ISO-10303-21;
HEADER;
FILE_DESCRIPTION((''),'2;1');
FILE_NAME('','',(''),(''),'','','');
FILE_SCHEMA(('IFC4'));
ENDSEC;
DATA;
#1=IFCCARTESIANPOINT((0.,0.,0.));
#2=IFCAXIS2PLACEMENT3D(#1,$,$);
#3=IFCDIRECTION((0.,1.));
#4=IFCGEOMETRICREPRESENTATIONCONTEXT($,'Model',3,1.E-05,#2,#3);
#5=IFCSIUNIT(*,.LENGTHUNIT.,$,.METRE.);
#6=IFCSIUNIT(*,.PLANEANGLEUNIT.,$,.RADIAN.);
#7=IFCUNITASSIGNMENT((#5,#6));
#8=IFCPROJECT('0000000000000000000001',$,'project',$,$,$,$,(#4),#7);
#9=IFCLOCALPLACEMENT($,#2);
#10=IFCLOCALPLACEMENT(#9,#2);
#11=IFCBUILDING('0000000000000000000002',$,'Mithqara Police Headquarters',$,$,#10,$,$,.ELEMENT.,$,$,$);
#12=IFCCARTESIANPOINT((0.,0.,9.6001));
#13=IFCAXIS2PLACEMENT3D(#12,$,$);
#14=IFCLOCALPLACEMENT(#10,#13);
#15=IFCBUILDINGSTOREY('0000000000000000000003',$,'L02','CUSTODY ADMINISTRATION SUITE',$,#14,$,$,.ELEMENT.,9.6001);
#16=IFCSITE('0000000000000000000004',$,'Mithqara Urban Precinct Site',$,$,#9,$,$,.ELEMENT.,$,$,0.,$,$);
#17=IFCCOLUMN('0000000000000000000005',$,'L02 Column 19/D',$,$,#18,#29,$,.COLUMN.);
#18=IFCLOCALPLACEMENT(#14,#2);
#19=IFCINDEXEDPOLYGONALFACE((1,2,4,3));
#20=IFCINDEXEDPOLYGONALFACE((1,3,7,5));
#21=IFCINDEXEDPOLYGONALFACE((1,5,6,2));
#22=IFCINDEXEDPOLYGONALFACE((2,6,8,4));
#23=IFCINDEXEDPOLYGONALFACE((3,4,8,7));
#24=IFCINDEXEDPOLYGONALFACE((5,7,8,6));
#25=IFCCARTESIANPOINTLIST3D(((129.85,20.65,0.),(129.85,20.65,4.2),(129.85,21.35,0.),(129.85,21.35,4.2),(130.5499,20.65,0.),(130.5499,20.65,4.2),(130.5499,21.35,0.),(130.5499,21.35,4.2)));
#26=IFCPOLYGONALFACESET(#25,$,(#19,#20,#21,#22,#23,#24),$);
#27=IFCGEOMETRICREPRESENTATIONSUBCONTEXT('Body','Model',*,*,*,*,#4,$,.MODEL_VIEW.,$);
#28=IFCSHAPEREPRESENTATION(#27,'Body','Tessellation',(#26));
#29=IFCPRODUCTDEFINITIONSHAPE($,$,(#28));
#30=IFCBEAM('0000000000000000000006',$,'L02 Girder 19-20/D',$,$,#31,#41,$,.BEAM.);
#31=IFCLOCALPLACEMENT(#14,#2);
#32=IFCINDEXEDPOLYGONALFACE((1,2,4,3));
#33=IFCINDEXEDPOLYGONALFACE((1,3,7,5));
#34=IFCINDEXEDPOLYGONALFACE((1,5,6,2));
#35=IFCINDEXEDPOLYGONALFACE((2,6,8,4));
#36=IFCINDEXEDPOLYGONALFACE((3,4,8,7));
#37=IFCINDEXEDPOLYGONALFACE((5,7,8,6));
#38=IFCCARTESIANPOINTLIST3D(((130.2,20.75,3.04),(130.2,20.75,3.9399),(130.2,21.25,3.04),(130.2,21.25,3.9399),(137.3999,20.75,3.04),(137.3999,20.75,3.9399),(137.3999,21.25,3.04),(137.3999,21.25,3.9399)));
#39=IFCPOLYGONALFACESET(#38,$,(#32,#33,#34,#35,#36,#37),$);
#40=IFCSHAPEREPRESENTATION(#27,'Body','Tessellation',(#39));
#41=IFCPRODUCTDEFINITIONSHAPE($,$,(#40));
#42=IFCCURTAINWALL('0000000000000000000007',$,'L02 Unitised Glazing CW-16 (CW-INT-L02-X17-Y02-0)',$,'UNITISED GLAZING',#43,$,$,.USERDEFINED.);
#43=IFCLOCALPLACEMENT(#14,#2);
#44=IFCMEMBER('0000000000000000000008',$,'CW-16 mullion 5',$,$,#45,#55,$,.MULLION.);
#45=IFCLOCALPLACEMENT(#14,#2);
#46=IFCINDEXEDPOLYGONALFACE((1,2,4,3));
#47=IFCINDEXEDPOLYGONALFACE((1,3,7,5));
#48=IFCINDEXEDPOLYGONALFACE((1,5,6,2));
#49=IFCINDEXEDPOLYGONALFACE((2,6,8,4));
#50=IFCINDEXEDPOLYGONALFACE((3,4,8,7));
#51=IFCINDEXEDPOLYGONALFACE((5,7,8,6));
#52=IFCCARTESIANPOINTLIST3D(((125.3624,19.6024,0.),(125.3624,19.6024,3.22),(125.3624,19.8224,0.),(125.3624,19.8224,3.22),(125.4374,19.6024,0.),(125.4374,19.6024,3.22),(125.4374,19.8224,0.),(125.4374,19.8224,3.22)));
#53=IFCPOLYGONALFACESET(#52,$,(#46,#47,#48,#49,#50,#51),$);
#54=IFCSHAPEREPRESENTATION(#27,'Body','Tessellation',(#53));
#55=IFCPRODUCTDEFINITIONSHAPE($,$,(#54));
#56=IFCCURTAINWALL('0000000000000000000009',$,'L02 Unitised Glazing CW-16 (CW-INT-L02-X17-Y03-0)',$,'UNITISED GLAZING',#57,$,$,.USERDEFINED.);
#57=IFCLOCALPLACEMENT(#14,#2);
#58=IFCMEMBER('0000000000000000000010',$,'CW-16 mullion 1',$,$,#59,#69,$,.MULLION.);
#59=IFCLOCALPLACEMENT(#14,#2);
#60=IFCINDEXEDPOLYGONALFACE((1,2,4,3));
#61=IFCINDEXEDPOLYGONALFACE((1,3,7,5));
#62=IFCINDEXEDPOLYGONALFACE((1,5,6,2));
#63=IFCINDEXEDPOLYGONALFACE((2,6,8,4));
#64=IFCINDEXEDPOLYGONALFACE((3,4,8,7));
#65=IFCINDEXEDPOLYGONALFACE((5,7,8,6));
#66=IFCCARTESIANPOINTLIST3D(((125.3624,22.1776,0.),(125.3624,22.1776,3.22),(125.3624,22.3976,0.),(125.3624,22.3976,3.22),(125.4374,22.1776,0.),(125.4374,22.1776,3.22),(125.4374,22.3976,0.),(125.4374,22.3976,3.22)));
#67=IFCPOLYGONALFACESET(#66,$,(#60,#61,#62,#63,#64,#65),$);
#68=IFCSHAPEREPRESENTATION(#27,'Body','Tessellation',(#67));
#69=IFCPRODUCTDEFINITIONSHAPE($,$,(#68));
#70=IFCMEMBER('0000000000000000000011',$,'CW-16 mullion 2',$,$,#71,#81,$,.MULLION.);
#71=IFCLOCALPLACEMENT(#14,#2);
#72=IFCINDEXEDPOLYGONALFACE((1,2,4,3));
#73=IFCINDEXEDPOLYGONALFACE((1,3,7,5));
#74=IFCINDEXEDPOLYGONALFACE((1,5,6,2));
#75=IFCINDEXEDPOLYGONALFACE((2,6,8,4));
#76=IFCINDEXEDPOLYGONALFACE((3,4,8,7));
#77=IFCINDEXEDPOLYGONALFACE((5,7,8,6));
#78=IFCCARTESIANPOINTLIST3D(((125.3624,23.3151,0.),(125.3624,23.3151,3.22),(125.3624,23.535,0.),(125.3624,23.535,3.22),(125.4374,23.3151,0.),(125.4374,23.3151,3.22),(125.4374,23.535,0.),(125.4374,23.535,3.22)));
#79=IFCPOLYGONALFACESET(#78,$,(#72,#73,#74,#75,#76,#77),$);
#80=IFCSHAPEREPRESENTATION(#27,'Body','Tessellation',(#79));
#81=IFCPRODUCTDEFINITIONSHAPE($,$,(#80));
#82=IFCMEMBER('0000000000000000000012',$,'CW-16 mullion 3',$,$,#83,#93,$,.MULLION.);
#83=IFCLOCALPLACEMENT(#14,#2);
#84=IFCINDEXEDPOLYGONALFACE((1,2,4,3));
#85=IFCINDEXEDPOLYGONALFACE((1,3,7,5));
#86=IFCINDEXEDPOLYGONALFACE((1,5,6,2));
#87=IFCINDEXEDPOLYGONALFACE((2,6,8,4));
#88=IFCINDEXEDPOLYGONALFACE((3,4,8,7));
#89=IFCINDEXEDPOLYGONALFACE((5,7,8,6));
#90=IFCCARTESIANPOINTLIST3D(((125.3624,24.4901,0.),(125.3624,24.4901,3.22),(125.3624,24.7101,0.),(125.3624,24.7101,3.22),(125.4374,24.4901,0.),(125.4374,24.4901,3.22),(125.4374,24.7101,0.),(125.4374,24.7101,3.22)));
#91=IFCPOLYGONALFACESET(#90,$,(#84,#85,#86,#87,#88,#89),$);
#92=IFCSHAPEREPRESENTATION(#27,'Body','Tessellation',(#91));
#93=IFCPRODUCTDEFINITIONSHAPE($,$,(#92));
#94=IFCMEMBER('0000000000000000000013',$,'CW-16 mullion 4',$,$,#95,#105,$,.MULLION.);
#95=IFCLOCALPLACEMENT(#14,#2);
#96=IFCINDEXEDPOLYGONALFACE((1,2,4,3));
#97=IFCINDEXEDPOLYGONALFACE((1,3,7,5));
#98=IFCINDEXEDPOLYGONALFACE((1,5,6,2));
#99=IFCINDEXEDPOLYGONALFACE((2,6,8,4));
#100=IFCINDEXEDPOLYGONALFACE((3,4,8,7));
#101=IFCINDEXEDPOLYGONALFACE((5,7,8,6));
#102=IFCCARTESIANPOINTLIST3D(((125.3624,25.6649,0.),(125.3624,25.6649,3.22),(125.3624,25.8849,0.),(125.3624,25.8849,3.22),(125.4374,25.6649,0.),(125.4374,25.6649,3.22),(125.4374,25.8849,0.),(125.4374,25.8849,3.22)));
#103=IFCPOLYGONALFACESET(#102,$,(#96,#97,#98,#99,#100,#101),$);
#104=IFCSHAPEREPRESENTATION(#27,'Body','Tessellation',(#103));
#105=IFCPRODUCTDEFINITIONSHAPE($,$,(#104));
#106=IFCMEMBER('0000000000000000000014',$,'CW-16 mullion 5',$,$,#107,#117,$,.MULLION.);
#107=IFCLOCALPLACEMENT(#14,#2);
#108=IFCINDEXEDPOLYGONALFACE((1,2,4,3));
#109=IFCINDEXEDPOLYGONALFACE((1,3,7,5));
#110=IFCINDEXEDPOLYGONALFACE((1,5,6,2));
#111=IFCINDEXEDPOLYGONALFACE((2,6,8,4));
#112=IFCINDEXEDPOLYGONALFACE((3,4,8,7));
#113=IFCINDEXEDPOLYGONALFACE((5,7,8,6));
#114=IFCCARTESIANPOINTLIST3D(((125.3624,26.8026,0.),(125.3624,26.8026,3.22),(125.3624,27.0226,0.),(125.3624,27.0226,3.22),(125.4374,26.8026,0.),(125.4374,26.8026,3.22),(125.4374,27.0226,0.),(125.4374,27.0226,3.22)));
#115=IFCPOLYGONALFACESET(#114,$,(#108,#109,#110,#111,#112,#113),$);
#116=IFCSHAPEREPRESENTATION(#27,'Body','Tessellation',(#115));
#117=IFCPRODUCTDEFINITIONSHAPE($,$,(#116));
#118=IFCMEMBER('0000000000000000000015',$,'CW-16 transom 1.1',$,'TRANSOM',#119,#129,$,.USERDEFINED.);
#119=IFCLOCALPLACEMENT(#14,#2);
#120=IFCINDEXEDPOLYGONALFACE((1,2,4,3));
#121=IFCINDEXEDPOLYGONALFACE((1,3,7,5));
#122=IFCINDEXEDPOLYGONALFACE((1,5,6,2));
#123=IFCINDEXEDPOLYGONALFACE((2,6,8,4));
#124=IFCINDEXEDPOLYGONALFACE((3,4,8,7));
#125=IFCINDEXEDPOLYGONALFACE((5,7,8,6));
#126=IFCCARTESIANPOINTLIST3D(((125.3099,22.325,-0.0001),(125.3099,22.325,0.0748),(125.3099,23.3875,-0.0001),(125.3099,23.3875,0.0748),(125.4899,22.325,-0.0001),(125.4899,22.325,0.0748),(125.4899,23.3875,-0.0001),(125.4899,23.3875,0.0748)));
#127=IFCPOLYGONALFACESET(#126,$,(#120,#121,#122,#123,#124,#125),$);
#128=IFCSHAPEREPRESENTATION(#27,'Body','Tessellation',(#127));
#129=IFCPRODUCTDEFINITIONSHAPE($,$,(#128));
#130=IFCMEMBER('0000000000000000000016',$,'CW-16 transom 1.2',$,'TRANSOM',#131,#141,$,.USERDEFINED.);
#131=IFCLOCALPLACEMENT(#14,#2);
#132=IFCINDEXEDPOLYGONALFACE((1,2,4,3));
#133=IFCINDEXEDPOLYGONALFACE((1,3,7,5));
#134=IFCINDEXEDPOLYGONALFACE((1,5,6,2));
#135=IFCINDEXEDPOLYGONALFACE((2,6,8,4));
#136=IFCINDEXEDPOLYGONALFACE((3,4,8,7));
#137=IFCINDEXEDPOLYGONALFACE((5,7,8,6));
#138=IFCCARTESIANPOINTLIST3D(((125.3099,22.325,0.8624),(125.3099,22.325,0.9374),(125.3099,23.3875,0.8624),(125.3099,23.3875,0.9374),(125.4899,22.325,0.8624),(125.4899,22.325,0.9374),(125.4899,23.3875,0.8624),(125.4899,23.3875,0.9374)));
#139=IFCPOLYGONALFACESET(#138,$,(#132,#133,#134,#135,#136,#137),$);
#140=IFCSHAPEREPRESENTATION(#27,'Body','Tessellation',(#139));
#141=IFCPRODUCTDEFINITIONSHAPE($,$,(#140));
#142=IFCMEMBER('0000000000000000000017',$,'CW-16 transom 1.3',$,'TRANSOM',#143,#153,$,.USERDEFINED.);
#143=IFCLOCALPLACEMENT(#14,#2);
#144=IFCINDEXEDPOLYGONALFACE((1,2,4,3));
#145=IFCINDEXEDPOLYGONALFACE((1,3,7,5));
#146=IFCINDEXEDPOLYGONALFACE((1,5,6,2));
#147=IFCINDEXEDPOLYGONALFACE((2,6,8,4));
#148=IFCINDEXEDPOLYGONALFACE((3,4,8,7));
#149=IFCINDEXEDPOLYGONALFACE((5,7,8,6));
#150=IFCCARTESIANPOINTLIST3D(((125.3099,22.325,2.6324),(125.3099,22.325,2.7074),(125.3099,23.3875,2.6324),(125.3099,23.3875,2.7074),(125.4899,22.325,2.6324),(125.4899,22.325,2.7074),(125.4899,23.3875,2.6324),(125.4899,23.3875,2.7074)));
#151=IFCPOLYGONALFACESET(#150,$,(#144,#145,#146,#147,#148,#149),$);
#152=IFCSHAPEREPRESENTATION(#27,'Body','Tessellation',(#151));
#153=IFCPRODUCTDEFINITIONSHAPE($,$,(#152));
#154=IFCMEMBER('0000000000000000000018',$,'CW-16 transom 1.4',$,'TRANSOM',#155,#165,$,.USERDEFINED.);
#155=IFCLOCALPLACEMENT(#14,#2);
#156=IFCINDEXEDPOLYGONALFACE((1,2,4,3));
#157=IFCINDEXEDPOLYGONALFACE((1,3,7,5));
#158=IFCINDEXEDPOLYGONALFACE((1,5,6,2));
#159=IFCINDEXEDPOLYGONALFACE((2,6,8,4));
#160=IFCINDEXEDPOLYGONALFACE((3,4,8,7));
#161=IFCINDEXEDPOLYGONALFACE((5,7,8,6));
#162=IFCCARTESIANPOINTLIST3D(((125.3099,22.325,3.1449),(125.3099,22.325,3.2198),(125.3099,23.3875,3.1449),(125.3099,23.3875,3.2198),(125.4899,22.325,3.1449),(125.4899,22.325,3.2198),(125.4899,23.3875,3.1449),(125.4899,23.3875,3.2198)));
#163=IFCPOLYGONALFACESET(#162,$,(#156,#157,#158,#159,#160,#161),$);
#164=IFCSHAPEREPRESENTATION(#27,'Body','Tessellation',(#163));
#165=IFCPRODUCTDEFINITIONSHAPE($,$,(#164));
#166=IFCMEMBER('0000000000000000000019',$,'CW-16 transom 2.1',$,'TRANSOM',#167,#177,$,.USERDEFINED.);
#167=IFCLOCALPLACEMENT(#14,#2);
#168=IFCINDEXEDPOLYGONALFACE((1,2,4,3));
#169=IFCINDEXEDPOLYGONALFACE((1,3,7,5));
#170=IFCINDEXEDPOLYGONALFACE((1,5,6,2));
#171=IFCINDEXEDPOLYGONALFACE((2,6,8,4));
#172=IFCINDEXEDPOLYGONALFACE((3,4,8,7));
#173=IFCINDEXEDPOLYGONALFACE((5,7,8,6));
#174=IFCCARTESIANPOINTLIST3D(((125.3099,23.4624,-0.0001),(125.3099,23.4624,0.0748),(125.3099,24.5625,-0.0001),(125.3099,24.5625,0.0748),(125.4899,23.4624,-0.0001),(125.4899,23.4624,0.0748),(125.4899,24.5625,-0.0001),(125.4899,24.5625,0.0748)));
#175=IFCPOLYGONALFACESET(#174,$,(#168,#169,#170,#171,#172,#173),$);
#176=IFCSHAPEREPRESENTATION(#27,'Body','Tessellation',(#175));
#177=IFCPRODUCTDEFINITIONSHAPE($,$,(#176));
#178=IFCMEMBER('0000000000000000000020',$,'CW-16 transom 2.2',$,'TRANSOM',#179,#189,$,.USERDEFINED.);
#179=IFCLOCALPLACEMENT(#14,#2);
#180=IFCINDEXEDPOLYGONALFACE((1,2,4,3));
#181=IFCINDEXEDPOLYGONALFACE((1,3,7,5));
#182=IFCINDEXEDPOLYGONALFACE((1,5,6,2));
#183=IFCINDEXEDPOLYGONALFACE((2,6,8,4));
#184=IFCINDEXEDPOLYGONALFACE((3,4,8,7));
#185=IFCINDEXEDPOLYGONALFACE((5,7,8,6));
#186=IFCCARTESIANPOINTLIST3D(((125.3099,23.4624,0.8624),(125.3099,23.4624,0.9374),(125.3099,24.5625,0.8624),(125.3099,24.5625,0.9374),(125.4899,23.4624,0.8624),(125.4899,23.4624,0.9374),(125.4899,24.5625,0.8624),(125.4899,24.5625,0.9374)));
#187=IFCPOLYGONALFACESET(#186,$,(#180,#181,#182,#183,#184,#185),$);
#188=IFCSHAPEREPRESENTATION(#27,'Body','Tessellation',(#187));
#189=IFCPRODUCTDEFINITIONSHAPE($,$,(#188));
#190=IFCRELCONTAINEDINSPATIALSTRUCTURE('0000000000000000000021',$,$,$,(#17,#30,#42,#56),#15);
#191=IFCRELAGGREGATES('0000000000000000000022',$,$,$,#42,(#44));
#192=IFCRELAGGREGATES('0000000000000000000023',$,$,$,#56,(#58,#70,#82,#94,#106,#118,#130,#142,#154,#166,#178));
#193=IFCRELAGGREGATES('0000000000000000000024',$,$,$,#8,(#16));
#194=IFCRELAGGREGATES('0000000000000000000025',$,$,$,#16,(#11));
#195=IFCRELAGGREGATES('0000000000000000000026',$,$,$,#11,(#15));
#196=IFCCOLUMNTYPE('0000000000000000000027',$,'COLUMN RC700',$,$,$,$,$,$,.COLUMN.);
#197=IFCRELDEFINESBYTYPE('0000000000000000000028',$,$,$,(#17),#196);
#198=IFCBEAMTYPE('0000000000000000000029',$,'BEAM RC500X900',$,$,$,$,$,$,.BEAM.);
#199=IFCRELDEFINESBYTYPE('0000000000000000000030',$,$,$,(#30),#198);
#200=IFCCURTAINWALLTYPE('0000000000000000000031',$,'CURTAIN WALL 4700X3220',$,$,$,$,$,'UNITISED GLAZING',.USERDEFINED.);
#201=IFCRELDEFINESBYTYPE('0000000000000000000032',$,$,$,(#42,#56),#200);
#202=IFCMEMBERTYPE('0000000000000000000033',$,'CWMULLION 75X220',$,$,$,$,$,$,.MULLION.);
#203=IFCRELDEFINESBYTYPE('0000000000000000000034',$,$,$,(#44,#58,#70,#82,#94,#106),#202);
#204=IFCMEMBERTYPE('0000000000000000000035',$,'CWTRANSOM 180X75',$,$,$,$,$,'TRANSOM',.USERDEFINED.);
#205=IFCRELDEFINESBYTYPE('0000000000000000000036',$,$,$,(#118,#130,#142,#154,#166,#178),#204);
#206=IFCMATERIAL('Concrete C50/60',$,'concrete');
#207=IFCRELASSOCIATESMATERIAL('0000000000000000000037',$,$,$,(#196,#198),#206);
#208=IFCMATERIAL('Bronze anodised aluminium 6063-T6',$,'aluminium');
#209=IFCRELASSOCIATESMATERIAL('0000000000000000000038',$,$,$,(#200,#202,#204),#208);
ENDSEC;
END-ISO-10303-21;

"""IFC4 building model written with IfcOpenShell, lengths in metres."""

from ifc_helpers import new_model, si_unit, direction, frame, origin, origin_2d, place, context, subcontext, project, spatial, rectangle, extrude, material, material_profile, profile_set, type_object, element, aggregate, save


model = new_model("IFC4")

# Units and contexts
model_context = context("Model", 3, precision=1e-05, world=origin(), true_north=direction((0.0, 1.0)))
body_context = subcontext(model_context, "Body", "Model", "MODEL_VIEW")
ifc_project = project(units=[si_unit("LENGTHUNIT", "METRE"), si_unit("PLANEANGLEUNIT", "RADIAN")], contexts=[model_context])

# Site, building, storey
site_placement = place(None, origin())
site = spatial("IfcSite", under=ifc_project, at=site_placement, Name="Mithqara Urban Precinct Site", CompositionType="ELEMENT", RefElevation=0.0)
building_placement = place(site_placement, origin())
building = spatial("IfcBuilding", under=site, at=building_placement, Name="Mithqara Police Headquarters", CompositionType="ELEMENT")
storey_placement = place(building_placement, frame((0.0, 0.0, 9.6001)))
storey = spatial("IfcBuildingStorey", under=building, at=storey_placement, Name="L02", Description="CUSTODY ADMINISTRATION SUITE", CompositionType="ELEMENT", Elevation=9.6001)

# Column
ifc_material_1 = material(Name="Concrete C50/60", Category="concrete")
ifc_material_profile_1 = material_profile(ifc_material_1, rectangle(XDim=0.7, YDim=0.7, at=origin_2d()), Name="RC 700x700")
ifc_profile_set_1 = profile_set([ifc_material_profile_1], Name="Concrete C50/60")
column_type = type_object("IfcColumnType", Name="COLUMN RC700", PredefinedType="COLUMN", material=ifc_profile_set_1)
column_placement = place(storey_placement, frame((130.2, 21.0, 0.0), z_axis=(0.0, 0.0, 1.0), x_axis=(1.0, 0.0, 0.0)))
element("IfcColumn", 1, at=column_placement, inside=storey, type_object=column_type, Name="L02 Column 19/D", PredefinedType="COLUMN", context=body_context, shape_type="SweptSolid", body=[
    extrude(rectangle(XDim=0.7, YDim=0.7, at=origin_2d()), origin(), (0.0, 0.0, 1.0), 4.2),
])

# Beam
ifc_material_profile_2 = material_profile(ifc_material_1, rectangle(XDim=0.5, YDim=0.8999, at=origin_2d()), Name="RC 500x900")
ifc_profile_set_2 = profile_set([ifc_material_profile_2], Name="Concrete C50/60")
beam_type = type_object("IfcBeamType", Name="BEAM RC500X900", PredefinedType="BEAM", material=ifc_profile_set_2)
beam_placement = place(storey_placement, frame((130.2, 21.0, 3.49), z_axis=(1.0, 0.0, 0.0), x_axis=(0.0, 1.0, 0.0)))
element("IfcBeam", 2, at=beam_placement, inside=storey, type_object=beam_type, Name="L02 Girder 19-20/D", PredefinedType="BEAM", context=body_context, shape_type="SweptSolid", body=[
    extrude(rectangle(XDim=0.5, YDim=0.8999, at=origin_2d()), origin(), (0.0, 0.0, 1.0), 7.2),
])

# Curtain wall, member
ifc_material_2 = material(Name="Bronze anodised aluminium 6063-T6", Category="aluminium")
curtain_wall_type = type_object("IfcCurtainWallType", Name="CURTAIN WALL 4700X3220", ElementType="UNITISED GLAZING", PredefinedType="USERDEFINED", material=ifc_material_2)
curtain_wall_1_placement = place(storey_placement, origin())
curtain_wall_1 = element("IfcCurtainWall", 3, at=curtain_wall_1_placement, inside=storey, type_object=curtain_wall_type, Name="L02 Unitised Glazing CW-16 (CW-INT-L02-X17-Y02-0)", ObjectType="UNITISED GLAZING", PredefinedType="USERDEFINED")
ifc_material_profile_3 = material_profile(ifc_material_2, rectangle(XDim=0.075, YDim=0.22, at=origin_2d()), Name="CWM 75x220")
ifc_profile_set_3 = profile_set([ifc_material_profile_3], Name="Bronze anodised aluminium 6063-T6")
member_type_1 = type_object("IfcMemberType", Name="CWMULLION 75X220", PredefinedType="MULLION", material=ifc_profile_set_3)
member_1_placement = place(storey_placement, frame((125.3999, 19.7124, 0.0), z_axis=(0.0, 0.0, 1.0), x_axis=(-1.0, 0.0, 0.0)))
member_1 = element("IfcMember", 4, at=member_1_placement, type_object=member_type_1, Name="CW-16 mullion 5", PredefinedType="MULLION", context=body_context, shape_type="SweptSolid", body=[
    extrude(rectangle(XDim=0.075, YDim=0.22, at=origin_2d()), origin(), (0.0, 0.0, 1.0), 3.22),
])

# Curtain wall, members
curtain_wall_2_placement = place(storey_placement, origin())
curtain_wall_2 = element("IfcCurtainWall", 5, at=curtain_wall_2_placement, inside=storey, type_object=curtain_wall_type, Name="L02 Unitised Glazing CW-16 (CW-INT-L02-X17-Y03-0)", ObjectType="UNITISED GLAZING", PredefinedType="USERDEFINED")
member_2_placement = place(storey_placement, frame((125.3999, 22.2876, 0.0), z_axis=(0.0, 0.0, 1.0), x_axis=(-1.0, 0.0, 0.0)))
member_2 = element("IfcMember", 6, at=member_2_placement, type_object=member_type_1, Name="CW-16 mullion 1", PredefinedType="MULLION", context=body_context, shape_type="SweptSolid", body=[
    extrude(rectangle(XDim=0.075, YDim=0.22, at=origin_2d()), origin(), (0.0, 0.0, 1.0), 3.22),
])
member_3_placement = place(storey_placement, frame((125.3999, 23.425, 0.0), z_axis=(0.0, 0.0, 1.0), x_axis=(-1.0, 0.0, 0.0)))
member_3 = element("IfcMember", 7, at=member_3_placement, type_object=member_type_1, Name="CW-16 mullion 2", PredefinedType="MULLION", context=body_context, shape_type="SweptSolid", body=[
    extrude(rectangle(XDim=0.075, YDim=0.22, at=origin_2d()), origin(), (0.0, 0.0, 1.0), 3.22),
])
member_4_placement = place(storey_placement, frame((125.3999, 24.6001, 0.0), z_axis=(0.0, 0.0, 1.0), x_axis=(-1.0, 0.0, 0.0)))
member_4 = element("IfcMember", 8, at=member_4_placement, type_object=member_type_1, Name="CW-16 mullion 3", PredefinedType="MULLION", context=body_context, shape_type="SweptSolid", body=[
    extrude(rectangle(XDim=0.075, YDim=0.22, at=origin_2d()), origin(), (0.0, 0.0, 1.0), 3.22),
])
member_5_placement = place(storey_placement, frame((125.3999, 25.7749, 0.0), z_axis=(0.0, 0.0, 1.0), x_axis=(-1.0, 0.0, 0.0)))
member_5 = element("IfcMember", 9, at=member_5_placement, type_object=member_type_1, Name="CW-16 mullion 4", PredefinedType="MULLION", context=body_context, shape_type="SweptSolid", body=[
    extrude(rectangle(XDim=0.075, YDim=0.22, at=origin_2d()), origin(), (0.0, 0.0, 1.0), 3.22),
])
member_6_placement = place(storey_placement, frame((125.3999, 26.9126, 0.0), z_axis=(0.0, 0.0, 1.0), x_axis=(-1.0, 0.0, 0.0)))
member_6 = element("IfcMember", 10, at=member_6_placement, type_object=member_type_1, Name="CW-16 mullion 5", PredefinedType="MULLION", context=body_context, shape_type="SweptSolid", body=[
    extrude(rectangle(XDim=0.075, YDim=0.22, at=origin_2d()), origin(), (0.0, 0.0, 1.0), 3.22),
])
ifc_material_profile_4 = material_profile(ifc_material_2, rectangle(XDim=0.1799, YDim=0.075, at=origin_2d()), Name="CWT 180x75")
ifc_profile_set_4 = profile_set([ifc_material_profile_4], Name="Bronze anodised aluminium 6063-T6")
member_type_2 = type_object("IfcMemberType", Name="CWTRANSOM 180X75", ElementType="TRANSOM", PredefinedType="USERDEFINED", material=ifc_profile_set_4)
member_7_placement = place(storey_placement, frame((125.3999, 22.325, 0.0374), z_axis=(0.0, 1.0, 0.0), x_axis=(-1.0, 0.0, 0.0)))
member_7 = element("IfcMember", 11, at=member_7_placement, type_object=member_type_2, Name="CW-16 transom 1.1", ObjectType="TRANSOM", PredefinedType="USERDEFINED", context=body_context, shape_type="SweptSolid", body=[
    extrude(rectangle(XDim=0.1799, YDim=0.075, at=origin_2d()), origin(), (0.0, 0.0, 1.0), 1.0625),
])
member_8_placement = place(storey_placement, frame((125.3999, 22.325, 0.8999), z_axis=(0.0, 1.0, 0.0), x_axis=(-1.0, 0.0, 0.0)))
member_8 = element("IfcMember", 12, at=member_8_placement, type_object=member_type_2, Name="CW-16 transom 1.2", ObjectType="TRANSOM", PredefinedType="USERDEFINED", context=body_context, shape_type="SweptSolid", body=[
    extrude(rectangle(XDim=0.1799, YDim=0.075, at=origin_2d()), origin(), (0.0, 0.0, 1.0), 1.0625),
])
member_9_placement = place(storey_placement, frame((125.3999, 22.325, 2.6699), z_axis=(0.0, 1.0, 0.0), x_axis=(-1.0, 0.0, 0.0)))
member_9 = element("IfcMember", 13, at=member_9_placement, type_object=member_type_2, Name="CW-16 transom 1.3", ObjectType="TRANSOM", PredefinedType="USERDEFINED", context=body_context, shape_type="SweptSolid", body=[
    extrude(rectangle(XDim=0.1799, YDim=0.075, at=origin_2d()), origin(), (0.0, 0.0, 1.0), 1.0625),
])
member_10_placement = place(storey_placement, frame((125.3999, 22.325, 3.1824), z_axis=(0.0, 1.0, 0.0), x_axis=(-1.0, 0.0, 0.0)))
member_10 = element("IfcMember", 14, at=member_10_placement, type_object=member_type_2, Name="CW-16 transom 1.4", ObjectType="TRANSOM", PredefinedType="USERDEFINED", context=body_context, shape_type="SweptSolid", body=[
    extrude(rectangle(XDim=0.1799, YDim=0.075, at=origin_2d()), origin(), (0.0, 0.0, 1.0), 1.0625),
])
member_11_placement = place(storey_placement, frame((125.3999, 23.4624, 0.0374), z_axis=(0.0, 1.0, 0.0), x_axis=(-1.0, 0.0, 0.0)))
member_11 = element("IfcMember", 15, at=member_11_placement, type_object=member_type_2, Name="CW-16 transom 2.1", ObjectType="TRANSOM", PredefinedType="USERDEFINED", context=body_context, shape_type="SweptSolid", body=[
    extrude(rectangle(XDim=0.1799, YDim=0.075, at=origin_2d()), origin(), (0.0, 0.0, 1.0), 1.1001),
])
member_12_placement = place(storey_placement, frame((125.3999, 23.4624, 0.8999), z_axis=(0.0, 1.0, 0.0), x_axis=(-1.0, 0.0, 0.0)))
member_12 = element("IfcMember", 16, at=member_12_placement, type_object=member_type_2, Name="CW-16 transom 2.2", ObjectType="TRANSOM", PredefinedType="USERDEFINED", context=body_context, shape_type="SweptSolid", body=[
    extrude(rectangle(XDim=0.1799, YDim=0.075, at=origin_2d()), origin(), (0.0, 0.0, 1.0), 1.1001),
])

aggregate(curtain_wall_1, [member_1])
aggregate(curtain_wall_2, [member_2, member_3, member_4, member_5, member_6, member_7, member_8, member_9, member_10, member_11, member_12])

save(model, "model.ifc")
